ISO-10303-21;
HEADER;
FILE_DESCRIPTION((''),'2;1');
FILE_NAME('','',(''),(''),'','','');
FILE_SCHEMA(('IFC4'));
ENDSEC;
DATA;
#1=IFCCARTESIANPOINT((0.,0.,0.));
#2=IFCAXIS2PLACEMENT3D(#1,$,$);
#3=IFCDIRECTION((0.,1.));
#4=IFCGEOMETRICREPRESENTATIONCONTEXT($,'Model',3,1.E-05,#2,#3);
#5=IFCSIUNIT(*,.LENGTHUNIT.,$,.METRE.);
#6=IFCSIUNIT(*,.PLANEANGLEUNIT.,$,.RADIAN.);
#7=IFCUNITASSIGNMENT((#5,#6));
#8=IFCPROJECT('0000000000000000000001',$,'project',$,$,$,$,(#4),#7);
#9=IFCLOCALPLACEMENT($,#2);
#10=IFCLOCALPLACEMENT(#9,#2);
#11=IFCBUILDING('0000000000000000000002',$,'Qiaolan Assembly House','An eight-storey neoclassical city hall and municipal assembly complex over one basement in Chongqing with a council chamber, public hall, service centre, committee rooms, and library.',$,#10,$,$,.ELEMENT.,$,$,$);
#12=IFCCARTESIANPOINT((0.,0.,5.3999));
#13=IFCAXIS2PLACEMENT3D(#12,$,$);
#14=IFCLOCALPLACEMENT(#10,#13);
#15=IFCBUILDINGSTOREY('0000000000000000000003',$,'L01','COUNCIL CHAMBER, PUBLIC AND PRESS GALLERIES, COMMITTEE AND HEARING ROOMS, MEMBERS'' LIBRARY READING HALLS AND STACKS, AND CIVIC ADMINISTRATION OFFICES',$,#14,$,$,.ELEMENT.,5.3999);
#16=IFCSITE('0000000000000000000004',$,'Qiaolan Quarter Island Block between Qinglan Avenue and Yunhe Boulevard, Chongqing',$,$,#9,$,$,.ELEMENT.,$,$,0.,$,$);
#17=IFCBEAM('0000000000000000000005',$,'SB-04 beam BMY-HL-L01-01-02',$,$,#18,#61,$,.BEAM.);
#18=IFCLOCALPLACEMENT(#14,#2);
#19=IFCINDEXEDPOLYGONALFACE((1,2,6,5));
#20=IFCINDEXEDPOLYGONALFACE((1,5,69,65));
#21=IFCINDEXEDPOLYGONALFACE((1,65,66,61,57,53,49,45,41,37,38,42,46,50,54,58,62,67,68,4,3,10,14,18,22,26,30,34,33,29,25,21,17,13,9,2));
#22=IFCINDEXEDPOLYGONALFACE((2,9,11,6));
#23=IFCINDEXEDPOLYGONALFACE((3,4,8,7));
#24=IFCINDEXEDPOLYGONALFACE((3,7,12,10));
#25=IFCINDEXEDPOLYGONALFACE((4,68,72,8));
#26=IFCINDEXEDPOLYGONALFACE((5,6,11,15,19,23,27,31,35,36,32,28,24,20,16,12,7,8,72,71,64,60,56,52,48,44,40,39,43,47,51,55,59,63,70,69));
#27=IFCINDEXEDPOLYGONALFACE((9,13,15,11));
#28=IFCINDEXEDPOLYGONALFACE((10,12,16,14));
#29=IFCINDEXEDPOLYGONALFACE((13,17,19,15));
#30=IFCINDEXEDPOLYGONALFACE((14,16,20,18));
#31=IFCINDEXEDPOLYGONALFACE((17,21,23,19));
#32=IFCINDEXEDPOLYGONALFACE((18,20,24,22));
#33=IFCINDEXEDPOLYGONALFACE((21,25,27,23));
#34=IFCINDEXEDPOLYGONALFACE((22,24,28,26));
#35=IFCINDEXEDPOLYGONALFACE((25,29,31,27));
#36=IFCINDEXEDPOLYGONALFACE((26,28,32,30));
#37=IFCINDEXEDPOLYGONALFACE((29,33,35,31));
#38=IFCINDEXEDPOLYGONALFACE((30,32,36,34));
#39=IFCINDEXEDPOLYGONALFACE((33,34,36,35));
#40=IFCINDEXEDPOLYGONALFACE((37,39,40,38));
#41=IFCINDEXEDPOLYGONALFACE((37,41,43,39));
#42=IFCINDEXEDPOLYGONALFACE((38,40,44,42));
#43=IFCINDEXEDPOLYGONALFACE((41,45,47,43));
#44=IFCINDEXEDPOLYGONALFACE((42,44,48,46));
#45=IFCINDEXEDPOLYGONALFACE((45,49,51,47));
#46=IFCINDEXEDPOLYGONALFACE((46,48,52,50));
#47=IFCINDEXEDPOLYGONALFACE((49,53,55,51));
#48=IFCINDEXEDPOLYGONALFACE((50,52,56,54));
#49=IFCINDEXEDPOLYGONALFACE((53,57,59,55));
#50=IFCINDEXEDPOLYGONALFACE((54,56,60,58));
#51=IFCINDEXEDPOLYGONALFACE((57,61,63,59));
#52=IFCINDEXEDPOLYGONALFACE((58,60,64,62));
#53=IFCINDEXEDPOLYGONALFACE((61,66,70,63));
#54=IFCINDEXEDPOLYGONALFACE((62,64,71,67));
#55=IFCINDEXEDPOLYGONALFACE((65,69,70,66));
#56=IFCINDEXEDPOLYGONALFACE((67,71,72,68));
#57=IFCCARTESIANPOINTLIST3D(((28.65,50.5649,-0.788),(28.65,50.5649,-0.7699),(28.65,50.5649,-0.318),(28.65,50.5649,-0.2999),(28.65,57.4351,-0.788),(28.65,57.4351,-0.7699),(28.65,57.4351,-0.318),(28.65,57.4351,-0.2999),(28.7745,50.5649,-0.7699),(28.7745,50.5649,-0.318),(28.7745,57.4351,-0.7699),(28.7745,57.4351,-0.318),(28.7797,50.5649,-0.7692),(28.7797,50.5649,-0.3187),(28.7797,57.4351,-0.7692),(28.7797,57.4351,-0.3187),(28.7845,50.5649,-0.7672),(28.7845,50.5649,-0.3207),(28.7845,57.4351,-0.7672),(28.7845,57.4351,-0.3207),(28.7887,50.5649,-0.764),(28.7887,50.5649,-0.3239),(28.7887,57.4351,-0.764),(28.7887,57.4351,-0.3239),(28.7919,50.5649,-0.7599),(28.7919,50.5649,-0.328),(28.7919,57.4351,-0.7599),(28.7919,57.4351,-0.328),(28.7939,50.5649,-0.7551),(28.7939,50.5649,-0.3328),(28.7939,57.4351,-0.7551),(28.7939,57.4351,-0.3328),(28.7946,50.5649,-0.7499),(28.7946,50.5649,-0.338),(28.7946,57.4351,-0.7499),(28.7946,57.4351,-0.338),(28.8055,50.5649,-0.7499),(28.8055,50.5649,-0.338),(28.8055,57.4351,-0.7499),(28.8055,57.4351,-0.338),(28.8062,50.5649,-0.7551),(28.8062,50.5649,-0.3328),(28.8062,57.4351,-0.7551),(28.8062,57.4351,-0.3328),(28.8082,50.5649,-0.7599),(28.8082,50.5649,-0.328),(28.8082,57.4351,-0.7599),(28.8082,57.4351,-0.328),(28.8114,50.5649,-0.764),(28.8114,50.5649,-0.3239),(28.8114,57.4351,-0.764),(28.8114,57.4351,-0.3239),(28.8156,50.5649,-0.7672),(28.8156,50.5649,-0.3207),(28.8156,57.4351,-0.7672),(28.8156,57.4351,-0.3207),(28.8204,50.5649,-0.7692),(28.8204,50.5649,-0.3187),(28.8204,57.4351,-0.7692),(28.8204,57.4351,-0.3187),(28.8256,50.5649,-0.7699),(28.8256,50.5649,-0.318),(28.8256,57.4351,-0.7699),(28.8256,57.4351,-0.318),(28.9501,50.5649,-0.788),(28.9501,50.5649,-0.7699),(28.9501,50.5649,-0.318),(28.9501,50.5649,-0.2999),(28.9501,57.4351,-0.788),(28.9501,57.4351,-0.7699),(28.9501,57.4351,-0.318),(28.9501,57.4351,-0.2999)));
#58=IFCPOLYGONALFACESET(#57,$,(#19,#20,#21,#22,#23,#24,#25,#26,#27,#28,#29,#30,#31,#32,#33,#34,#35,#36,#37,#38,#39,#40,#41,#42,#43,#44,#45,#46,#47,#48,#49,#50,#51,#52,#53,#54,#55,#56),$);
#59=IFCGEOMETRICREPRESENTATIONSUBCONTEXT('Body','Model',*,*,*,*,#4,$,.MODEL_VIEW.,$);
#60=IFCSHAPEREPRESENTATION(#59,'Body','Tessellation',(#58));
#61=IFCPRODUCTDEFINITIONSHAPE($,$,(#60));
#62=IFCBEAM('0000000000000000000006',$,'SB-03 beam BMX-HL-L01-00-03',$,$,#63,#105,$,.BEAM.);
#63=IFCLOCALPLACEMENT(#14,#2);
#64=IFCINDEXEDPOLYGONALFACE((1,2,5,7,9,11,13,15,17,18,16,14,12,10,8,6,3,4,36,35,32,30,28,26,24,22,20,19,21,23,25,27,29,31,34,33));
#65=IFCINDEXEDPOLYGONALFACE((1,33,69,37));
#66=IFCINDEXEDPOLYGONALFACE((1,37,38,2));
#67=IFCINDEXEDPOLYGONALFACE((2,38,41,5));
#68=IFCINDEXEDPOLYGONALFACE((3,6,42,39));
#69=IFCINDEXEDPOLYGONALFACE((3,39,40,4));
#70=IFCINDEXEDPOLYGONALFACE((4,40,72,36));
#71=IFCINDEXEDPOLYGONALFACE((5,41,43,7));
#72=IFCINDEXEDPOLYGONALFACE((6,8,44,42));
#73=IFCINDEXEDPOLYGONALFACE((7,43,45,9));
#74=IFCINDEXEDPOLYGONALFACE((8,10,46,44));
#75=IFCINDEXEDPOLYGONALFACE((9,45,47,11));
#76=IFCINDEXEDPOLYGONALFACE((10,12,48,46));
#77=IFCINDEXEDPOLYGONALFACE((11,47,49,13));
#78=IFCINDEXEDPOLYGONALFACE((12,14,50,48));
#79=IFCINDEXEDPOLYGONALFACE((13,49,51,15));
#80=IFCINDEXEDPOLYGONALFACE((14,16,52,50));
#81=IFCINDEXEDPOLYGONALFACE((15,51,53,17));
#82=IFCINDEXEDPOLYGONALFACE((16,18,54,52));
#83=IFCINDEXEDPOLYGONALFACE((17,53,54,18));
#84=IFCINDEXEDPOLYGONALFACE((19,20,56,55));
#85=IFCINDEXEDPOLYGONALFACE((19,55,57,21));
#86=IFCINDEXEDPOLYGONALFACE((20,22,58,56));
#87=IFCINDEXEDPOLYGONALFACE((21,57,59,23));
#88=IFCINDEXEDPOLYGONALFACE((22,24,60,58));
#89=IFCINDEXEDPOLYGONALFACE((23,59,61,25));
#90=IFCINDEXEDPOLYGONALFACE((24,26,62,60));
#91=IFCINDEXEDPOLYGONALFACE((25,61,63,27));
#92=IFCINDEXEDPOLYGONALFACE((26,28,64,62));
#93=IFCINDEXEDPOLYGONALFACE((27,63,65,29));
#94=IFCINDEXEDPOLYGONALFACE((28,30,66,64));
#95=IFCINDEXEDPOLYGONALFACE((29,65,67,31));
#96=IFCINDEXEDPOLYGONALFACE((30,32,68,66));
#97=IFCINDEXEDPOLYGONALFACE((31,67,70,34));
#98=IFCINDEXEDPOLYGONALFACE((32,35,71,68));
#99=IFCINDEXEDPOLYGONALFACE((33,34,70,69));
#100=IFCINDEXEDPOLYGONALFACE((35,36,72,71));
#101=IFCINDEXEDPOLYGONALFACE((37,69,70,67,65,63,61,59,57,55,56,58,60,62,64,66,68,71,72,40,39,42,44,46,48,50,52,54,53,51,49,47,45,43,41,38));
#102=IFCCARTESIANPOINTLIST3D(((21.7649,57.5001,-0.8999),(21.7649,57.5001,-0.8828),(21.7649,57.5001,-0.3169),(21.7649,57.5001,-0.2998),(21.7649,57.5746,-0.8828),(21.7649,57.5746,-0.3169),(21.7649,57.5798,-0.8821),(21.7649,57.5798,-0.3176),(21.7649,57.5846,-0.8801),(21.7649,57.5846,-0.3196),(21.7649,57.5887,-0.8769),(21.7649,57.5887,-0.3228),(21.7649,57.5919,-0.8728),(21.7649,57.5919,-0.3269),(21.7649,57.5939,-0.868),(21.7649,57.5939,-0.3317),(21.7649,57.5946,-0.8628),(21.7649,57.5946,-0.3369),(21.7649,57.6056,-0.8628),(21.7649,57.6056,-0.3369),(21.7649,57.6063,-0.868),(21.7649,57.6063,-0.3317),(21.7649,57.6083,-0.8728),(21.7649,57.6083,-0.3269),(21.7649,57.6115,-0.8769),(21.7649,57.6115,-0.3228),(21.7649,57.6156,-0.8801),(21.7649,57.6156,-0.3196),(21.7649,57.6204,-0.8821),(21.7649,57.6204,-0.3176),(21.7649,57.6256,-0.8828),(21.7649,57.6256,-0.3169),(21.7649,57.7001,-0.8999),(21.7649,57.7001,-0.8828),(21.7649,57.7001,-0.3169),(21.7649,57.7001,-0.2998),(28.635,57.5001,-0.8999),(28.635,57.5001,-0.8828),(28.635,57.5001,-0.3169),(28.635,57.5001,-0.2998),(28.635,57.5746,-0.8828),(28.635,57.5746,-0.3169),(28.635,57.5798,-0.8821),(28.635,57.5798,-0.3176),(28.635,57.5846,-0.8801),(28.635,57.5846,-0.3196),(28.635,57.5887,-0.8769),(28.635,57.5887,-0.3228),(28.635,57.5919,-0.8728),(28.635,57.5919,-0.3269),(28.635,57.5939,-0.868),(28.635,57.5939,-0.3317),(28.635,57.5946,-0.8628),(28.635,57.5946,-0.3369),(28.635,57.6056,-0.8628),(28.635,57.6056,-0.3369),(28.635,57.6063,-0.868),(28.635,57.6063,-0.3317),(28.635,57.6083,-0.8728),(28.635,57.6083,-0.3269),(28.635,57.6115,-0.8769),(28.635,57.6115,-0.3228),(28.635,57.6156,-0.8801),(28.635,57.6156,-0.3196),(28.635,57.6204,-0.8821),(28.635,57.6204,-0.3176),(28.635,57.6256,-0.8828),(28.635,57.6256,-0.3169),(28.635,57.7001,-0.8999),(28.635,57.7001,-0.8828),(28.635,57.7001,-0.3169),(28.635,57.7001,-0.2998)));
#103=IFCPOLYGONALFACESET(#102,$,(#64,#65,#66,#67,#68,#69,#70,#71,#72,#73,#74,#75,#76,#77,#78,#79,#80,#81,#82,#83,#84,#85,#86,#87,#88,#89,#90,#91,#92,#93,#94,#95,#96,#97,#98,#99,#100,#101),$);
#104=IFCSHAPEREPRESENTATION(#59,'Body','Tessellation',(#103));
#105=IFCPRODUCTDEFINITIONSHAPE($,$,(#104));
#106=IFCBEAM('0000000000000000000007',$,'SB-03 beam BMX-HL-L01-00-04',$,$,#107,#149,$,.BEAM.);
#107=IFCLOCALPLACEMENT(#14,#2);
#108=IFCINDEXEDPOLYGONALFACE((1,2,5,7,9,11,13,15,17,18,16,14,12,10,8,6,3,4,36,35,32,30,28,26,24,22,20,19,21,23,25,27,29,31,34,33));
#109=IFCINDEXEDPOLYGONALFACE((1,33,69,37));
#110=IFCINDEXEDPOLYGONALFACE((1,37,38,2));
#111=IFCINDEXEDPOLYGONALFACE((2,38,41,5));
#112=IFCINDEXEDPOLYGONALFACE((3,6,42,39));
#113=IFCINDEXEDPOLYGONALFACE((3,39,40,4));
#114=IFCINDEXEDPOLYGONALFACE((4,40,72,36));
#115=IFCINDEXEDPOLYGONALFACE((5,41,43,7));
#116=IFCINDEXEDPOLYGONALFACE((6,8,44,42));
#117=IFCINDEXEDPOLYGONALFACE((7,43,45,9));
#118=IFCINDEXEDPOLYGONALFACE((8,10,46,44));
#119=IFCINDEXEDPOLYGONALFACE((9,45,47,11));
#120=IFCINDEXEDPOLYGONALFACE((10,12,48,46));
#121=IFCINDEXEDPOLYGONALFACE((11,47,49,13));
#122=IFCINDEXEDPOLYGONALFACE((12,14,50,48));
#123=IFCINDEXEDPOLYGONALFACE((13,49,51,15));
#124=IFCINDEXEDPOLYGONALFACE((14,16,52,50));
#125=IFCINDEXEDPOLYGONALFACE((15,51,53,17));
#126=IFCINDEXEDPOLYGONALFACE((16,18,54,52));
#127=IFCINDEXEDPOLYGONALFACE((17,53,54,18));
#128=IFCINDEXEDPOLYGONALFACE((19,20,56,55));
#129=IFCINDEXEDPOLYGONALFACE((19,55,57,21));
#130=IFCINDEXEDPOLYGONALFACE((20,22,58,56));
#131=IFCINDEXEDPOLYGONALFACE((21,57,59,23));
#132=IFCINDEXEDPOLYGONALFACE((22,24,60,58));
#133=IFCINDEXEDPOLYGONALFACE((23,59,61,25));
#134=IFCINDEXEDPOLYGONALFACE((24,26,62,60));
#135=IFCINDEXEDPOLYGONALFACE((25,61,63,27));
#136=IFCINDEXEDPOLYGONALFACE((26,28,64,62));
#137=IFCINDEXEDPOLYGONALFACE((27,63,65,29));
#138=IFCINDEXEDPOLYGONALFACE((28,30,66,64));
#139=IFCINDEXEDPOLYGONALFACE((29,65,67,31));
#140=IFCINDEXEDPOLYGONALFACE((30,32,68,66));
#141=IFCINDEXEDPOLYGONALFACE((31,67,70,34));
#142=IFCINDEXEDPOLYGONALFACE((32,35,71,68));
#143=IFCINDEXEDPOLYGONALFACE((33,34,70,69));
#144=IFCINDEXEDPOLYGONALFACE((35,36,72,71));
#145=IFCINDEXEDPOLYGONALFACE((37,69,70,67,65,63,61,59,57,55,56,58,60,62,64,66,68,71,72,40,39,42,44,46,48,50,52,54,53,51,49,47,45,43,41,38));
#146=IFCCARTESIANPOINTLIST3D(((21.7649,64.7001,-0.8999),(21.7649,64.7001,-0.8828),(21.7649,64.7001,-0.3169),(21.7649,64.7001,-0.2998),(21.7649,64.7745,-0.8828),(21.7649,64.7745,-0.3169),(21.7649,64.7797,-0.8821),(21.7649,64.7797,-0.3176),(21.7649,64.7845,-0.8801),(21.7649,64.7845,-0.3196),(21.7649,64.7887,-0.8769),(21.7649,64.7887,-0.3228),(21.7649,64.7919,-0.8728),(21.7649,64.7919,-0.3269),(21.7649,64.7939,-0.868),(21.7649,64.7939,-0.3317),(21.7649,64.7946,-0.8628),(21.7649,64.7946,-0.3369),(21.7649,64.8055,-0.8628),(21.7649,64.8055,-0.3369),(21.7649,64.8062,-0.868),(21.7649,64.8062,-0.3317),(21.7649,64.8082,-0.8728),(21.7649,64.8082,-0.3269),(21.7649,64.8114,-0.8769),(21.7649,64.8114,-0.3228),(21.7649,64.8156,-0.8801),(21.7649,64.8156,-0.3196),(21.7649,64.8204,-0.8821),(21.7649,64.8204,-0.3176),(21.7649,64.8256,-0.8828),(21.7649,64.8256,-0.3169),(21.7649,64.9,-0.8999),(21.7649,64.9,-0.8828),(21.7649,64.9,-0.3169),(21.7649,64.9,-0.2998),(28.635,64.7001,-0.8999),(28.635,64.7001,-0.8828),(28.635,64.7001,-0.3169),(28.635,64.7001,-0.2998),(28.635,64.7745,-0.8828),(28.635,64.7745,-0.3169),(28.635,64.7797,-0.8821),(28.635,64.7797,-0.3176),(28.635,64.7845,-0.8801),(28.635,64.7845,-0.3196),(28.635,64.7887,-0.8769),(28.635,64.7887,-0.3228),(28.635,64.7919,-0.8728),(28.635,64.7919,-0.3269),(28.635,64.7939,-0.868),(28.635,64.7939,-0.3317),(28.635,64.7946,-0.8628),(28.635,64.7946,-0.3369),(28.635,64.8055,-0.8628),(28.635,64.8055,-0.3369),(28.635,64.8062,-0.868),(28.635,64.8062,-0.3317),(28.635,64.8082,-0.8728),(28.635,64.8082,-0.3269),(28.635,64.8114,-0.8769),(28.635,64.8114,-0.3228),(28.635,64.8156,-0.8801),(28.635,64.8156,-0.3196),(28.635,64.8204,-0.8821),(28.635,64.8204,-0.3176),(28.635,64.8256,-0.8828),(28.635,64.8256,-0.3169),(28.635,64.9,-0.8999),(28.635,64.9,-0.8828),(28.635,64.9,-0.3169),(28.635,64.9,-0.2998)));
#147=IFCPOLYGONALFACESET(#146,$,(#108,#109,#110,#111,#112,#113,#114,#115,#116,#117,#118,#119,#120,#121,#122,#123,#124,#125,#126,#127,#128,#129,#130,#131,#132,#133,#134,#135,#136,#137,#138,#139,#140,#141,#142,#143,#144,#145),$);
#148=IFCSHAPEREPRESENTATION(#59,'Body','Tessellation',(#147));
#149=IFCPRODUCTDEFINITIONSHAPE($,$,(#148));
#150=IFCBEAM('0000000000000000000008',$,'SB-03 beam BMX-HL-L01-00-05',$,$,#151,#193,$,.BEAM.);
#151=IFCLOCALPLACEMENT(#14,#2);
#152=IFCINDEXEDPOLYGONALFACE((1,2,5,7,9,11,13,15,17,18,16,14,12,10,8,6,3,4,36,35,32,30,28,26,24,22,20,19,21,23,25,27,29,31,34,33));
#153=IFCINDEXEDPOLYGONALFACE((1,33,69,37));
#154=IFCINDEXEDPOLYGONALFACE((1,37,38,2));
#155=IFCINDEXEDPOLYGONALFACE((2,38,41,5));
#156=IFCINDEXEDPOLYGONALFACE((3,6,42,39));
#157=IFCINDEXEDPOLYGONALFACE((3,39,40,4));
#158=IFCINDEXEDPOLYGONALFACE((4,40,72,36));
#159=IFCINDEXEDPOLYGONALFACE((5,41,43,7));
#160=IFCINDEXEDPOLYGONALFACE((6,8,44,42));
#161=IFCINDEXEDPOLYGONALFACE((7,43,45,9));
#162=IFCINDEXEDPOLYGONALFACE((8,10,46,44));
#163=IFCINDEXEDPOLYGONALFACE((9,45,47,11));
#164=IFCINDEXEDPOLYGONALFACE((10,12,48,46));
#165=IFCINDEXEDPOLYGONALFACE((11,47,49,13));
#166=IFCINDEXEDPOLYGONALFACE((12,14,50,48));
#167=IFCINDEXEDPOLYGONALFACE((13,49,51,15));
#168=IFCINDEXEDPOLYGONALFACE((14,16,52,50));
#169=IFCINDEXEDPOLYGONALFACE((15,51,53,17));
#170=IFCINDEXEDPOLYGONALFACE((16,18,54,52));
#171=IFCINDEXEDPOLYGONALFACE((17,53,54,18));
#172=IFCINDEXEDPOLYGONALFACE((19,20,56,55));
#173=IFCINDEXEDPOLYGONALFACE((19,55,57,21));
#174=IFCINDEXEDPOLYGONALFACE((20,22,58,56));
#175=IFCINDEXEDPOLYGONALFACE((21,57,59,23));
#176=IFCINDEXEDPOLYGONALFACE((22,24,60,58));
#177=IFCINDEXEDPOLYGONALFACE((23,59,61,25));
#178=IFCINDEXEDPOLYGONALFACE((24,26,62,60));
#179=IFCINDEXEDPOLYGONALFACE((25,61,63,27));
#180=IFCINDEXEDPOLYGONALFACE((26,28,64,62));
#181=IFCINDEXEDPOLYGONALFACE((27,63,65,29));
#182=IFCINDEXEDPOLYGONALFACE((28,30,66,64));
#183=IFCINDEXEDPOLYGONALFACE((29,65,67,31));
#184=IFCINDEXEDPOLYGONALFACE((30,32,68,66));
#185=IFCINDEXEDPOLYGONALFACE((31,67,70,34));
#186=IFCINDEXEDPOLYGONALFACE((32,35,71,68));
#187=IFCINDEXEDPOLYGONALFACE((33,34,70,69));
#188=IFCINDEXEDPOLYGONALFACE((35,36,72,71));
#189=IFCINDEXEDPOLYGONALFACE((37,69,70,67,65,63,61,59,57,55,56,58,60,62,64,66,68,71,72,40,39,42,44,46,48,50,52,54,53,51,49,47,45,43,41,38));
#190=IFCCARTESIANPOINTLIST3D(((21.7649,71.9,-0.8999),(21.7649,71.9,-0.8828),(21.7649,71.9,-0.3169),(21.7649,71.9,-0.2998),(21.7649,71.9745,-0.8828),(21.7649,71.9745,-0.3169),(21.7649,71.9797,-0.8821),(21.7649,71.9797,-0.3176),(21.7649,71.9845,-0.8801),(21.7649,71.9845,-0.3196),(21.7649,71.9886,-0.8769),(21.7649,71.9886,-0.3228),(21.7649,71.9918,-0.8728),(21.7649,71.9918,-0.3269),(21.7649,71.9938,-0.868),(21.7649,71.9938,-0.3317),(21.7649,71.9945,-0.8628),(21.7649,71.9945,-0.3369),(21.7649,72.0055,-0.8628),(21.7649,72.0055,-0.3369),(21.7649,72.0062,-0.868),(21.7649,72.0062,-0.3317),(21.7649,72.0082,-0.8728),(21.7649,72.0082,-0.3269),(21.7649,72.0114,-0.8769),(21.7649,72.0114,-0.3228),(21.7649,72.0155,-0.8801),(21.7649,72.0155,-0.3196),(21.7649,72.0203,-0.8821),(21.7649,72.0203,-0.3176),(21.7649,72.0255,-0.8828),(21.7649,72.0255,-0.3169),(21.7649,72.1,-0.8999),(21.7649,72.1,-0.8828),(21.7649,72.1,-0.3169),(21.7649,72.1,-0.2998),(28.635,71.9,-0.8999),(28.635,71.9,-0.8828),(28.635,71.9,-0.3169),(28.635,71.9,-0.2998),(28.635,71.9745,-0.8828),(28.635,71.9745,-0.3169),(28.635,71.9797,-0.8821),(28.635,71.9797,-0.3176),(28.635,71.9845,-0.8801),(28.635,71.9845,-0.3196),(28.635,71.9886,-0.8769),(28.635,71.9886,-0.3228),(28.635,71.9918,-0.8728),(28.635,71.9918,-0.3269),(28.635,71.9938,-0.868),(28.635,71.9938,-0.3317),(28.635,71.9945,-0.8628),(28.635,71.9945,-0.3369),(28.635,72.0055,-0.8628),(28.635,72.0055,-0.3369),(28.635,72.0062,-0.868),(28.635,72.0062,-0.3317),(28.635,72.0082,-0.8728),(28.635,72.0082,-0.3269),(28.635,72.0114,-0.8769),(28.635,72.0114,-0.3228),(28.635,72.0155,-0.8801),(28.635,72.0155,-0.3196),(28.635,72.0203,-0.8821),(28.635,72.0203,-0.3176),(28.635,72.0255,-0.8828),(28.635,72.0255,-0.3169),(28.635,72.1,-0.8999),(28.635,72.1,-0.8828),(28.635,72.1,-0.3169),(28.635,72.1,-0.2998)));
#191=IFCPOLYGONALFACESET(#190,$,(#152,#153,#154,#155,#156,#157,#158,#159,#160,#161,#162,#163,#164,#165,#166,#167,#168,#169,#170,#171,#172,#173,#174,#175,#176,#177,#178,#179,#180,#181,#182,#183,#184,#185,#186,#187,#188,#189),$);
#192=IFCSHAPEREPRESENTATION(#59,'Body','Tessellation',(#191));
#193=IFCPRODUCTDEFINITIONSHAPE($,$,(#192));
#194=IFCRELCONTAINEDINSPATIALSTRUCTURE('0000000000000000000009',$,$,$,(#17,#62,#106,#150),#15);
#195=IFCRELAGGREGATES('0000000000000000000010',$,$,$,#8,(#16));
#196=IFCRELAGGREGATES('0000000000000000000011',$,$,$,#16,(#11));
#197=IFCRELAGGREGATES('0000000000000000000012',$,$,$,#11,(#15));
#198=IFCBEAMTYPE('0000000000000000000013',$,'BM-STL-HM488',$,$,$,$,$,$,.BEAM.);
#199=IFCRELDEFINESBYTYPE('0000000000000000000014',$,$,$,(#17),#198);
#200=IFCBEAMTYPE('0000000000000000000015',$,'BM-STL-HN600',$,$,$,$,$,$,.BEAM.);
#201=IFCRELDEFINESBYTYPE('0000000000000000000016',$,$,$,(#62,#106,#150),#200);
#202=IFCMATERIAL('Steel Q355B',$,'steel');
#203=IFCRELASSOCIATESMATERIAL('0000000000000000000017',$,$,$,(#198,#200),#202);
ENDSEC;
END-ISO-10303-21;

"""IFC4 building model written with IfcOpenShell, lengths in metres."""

from ifc_helpers import new_model, si_unit, direction, frame, origin, origin_2d, place, context, subcontext, project, spatial, i_section, extrude, material, material_profile, profile_set, type_object, element, save


model = new_model("IFC4")

# Units and contexts
model_context = context("Model", 3, precision=1e-05, world=origin(), true_north=direction((0.0, 1.0)))
body_context = subcontext(model_context, "Body", "Model", "MODEL_VIEW")
ifc_project = project(units=[si_unit("LENGTHUNIT", "METRE"), si_unit("PLANEANGLEUNIT", "RADIAN")], contexts=[model_context])

# Site, building, storey
site_placement = place(None, origin())
site = spatial("IfcSite", under=ifc_project, at=site_placement, Name="Qiaolan Quarter Island Block between Qinglan Avenue and Yunhe Boulevard, Chongqing", CompositionType="ELEMENT", RefElevation=0.0)
building_placement = place(site_placement, origin())
building = spatial("IfcBuilding", under=site, at=building_placement, Name="Qiaolan Assembly House", Description="An eight-storey neoclassical city hall and municipal assembly complex over one basement in Chongqing with a council chamber, public hall, service centre, committee rooms, and library.", CompositionType="ELEMENT")
storey_placement = place(building_placement, frame((0.0, 0.0, 5.3999)))
storey = spatial("IfcBuildingStorey", under=building, at=storey_placement, Name="L01", Description="COUNCIL CHAMBER, PUBLIC AND PRESS GALLERIES, COMMITTEE AND HEARING ROOMS, MEMBERS' LIBRARY READING HALLS AND STACKS, AND CIVIC ADMINISTRATION OFFICES", CompositionType="ELEMENT", Elevation=5.3999)

# Shared definitions
ifc_material_1 = material(Name="Steel Q355B", Category="steel")

# Beams
ifc_material_profile_1 = material_profile(ifc_material_1, i_section(OverallWidth=0.3, OverallDepth=0.488, WebThickness=0.011, FlangeThickness=0.0181, FilletRadius=0.02, at=origin_2d()), Name="HM 488x300x11x18")
ifc_profile_set_1 = profile_set([ifc_material_profile_1], Name="Steel Q355B")
beam_type_1 = type_object("IfcBeamType", Name="BM-STL-HM488", PredefinedType="BEAM", material=ifc_profile_set_1)
beam_placement = place(storey_placement, frame((28.8, 50.5649, -0.5439), z_axis=(0.0, 1.0, 0.0), x_axis=(-1.0, 0.0, 0.0)))
element("IfcBeam", 1, at=beam_placement, inside=storey, type_object=beam_type_1, Name="SB-04 beam BMY-HL-L01-01-02", PredefinedType="BEAM", context=body_context, shape_type="SweptSolid", body=[
    extrude(i_section(OverallWidth=0.3, OverallDepth=0.488, WebThickness=0.011, FlangeThickness=0.0181, FilletRadius=0.02, at=origin_2d()), origin(), (0.0, 0.0, 1.0), 6.8701),
])
ifc_material_profile_2 = material_profile(ifc_material_1, i_section(OverallWidth=0.2, OverallDepth=0.6001, WebThickness=0.011, FlangeThickness=0.0171, FilletRadius=0.02, at=origin_2d()), Name="HN 600x200x11x17")
ifc_profile_set_2 = profile_set([ifc_material_profile_2], Name="Steel Q355B")
beam_type_2 = type_object("IfcBeamType", Name="BM-STL-HN600", PredefinedType="BEAM", material=ifc_profile_set_2)
for number, where, z_axis, x_axis, name in (
    (2, (21.7649, 57.6001, -0.5999), (1.0, 0.0, 0.0), (0.0, 1.0, 0.0), "SB-03 beam BMX-HL-L01-00-03"),
    (3, (21.7649, 64.8, -0.5999), (1.0, 0.0, 0.0), (0.0, 1.0, 0.0), "SB-03 beam BMX-HL-L01-00-04"),
    (4, (21.7649, 72.0, -0.5999), (1.0, 0.0, 0.0), (0.0, 1.0, 0.0), "SB-03 beam BMX-HL-L01-00-05"),
):
    element("IfcBeam", number, at=place(storey_placement, frame(where, z_axis=z_axis, x_axis=x_axis)), inside=storey, type_object=beam_type_2, Name=name, PredefinedType="BEAM", context=body_context, shape_type="SweptSolid", body=[
        extrude(i_section(OverallWidth=0.2, OverallDepth=0.6001, WebThickness=0.011, FlangeThickness=0.0171, FilletRadius=0.02, at=origin_2d()), origin(), (0.0, 0.0, 1.0), 6.8701),
    ])

save(model, "model.ifc")
